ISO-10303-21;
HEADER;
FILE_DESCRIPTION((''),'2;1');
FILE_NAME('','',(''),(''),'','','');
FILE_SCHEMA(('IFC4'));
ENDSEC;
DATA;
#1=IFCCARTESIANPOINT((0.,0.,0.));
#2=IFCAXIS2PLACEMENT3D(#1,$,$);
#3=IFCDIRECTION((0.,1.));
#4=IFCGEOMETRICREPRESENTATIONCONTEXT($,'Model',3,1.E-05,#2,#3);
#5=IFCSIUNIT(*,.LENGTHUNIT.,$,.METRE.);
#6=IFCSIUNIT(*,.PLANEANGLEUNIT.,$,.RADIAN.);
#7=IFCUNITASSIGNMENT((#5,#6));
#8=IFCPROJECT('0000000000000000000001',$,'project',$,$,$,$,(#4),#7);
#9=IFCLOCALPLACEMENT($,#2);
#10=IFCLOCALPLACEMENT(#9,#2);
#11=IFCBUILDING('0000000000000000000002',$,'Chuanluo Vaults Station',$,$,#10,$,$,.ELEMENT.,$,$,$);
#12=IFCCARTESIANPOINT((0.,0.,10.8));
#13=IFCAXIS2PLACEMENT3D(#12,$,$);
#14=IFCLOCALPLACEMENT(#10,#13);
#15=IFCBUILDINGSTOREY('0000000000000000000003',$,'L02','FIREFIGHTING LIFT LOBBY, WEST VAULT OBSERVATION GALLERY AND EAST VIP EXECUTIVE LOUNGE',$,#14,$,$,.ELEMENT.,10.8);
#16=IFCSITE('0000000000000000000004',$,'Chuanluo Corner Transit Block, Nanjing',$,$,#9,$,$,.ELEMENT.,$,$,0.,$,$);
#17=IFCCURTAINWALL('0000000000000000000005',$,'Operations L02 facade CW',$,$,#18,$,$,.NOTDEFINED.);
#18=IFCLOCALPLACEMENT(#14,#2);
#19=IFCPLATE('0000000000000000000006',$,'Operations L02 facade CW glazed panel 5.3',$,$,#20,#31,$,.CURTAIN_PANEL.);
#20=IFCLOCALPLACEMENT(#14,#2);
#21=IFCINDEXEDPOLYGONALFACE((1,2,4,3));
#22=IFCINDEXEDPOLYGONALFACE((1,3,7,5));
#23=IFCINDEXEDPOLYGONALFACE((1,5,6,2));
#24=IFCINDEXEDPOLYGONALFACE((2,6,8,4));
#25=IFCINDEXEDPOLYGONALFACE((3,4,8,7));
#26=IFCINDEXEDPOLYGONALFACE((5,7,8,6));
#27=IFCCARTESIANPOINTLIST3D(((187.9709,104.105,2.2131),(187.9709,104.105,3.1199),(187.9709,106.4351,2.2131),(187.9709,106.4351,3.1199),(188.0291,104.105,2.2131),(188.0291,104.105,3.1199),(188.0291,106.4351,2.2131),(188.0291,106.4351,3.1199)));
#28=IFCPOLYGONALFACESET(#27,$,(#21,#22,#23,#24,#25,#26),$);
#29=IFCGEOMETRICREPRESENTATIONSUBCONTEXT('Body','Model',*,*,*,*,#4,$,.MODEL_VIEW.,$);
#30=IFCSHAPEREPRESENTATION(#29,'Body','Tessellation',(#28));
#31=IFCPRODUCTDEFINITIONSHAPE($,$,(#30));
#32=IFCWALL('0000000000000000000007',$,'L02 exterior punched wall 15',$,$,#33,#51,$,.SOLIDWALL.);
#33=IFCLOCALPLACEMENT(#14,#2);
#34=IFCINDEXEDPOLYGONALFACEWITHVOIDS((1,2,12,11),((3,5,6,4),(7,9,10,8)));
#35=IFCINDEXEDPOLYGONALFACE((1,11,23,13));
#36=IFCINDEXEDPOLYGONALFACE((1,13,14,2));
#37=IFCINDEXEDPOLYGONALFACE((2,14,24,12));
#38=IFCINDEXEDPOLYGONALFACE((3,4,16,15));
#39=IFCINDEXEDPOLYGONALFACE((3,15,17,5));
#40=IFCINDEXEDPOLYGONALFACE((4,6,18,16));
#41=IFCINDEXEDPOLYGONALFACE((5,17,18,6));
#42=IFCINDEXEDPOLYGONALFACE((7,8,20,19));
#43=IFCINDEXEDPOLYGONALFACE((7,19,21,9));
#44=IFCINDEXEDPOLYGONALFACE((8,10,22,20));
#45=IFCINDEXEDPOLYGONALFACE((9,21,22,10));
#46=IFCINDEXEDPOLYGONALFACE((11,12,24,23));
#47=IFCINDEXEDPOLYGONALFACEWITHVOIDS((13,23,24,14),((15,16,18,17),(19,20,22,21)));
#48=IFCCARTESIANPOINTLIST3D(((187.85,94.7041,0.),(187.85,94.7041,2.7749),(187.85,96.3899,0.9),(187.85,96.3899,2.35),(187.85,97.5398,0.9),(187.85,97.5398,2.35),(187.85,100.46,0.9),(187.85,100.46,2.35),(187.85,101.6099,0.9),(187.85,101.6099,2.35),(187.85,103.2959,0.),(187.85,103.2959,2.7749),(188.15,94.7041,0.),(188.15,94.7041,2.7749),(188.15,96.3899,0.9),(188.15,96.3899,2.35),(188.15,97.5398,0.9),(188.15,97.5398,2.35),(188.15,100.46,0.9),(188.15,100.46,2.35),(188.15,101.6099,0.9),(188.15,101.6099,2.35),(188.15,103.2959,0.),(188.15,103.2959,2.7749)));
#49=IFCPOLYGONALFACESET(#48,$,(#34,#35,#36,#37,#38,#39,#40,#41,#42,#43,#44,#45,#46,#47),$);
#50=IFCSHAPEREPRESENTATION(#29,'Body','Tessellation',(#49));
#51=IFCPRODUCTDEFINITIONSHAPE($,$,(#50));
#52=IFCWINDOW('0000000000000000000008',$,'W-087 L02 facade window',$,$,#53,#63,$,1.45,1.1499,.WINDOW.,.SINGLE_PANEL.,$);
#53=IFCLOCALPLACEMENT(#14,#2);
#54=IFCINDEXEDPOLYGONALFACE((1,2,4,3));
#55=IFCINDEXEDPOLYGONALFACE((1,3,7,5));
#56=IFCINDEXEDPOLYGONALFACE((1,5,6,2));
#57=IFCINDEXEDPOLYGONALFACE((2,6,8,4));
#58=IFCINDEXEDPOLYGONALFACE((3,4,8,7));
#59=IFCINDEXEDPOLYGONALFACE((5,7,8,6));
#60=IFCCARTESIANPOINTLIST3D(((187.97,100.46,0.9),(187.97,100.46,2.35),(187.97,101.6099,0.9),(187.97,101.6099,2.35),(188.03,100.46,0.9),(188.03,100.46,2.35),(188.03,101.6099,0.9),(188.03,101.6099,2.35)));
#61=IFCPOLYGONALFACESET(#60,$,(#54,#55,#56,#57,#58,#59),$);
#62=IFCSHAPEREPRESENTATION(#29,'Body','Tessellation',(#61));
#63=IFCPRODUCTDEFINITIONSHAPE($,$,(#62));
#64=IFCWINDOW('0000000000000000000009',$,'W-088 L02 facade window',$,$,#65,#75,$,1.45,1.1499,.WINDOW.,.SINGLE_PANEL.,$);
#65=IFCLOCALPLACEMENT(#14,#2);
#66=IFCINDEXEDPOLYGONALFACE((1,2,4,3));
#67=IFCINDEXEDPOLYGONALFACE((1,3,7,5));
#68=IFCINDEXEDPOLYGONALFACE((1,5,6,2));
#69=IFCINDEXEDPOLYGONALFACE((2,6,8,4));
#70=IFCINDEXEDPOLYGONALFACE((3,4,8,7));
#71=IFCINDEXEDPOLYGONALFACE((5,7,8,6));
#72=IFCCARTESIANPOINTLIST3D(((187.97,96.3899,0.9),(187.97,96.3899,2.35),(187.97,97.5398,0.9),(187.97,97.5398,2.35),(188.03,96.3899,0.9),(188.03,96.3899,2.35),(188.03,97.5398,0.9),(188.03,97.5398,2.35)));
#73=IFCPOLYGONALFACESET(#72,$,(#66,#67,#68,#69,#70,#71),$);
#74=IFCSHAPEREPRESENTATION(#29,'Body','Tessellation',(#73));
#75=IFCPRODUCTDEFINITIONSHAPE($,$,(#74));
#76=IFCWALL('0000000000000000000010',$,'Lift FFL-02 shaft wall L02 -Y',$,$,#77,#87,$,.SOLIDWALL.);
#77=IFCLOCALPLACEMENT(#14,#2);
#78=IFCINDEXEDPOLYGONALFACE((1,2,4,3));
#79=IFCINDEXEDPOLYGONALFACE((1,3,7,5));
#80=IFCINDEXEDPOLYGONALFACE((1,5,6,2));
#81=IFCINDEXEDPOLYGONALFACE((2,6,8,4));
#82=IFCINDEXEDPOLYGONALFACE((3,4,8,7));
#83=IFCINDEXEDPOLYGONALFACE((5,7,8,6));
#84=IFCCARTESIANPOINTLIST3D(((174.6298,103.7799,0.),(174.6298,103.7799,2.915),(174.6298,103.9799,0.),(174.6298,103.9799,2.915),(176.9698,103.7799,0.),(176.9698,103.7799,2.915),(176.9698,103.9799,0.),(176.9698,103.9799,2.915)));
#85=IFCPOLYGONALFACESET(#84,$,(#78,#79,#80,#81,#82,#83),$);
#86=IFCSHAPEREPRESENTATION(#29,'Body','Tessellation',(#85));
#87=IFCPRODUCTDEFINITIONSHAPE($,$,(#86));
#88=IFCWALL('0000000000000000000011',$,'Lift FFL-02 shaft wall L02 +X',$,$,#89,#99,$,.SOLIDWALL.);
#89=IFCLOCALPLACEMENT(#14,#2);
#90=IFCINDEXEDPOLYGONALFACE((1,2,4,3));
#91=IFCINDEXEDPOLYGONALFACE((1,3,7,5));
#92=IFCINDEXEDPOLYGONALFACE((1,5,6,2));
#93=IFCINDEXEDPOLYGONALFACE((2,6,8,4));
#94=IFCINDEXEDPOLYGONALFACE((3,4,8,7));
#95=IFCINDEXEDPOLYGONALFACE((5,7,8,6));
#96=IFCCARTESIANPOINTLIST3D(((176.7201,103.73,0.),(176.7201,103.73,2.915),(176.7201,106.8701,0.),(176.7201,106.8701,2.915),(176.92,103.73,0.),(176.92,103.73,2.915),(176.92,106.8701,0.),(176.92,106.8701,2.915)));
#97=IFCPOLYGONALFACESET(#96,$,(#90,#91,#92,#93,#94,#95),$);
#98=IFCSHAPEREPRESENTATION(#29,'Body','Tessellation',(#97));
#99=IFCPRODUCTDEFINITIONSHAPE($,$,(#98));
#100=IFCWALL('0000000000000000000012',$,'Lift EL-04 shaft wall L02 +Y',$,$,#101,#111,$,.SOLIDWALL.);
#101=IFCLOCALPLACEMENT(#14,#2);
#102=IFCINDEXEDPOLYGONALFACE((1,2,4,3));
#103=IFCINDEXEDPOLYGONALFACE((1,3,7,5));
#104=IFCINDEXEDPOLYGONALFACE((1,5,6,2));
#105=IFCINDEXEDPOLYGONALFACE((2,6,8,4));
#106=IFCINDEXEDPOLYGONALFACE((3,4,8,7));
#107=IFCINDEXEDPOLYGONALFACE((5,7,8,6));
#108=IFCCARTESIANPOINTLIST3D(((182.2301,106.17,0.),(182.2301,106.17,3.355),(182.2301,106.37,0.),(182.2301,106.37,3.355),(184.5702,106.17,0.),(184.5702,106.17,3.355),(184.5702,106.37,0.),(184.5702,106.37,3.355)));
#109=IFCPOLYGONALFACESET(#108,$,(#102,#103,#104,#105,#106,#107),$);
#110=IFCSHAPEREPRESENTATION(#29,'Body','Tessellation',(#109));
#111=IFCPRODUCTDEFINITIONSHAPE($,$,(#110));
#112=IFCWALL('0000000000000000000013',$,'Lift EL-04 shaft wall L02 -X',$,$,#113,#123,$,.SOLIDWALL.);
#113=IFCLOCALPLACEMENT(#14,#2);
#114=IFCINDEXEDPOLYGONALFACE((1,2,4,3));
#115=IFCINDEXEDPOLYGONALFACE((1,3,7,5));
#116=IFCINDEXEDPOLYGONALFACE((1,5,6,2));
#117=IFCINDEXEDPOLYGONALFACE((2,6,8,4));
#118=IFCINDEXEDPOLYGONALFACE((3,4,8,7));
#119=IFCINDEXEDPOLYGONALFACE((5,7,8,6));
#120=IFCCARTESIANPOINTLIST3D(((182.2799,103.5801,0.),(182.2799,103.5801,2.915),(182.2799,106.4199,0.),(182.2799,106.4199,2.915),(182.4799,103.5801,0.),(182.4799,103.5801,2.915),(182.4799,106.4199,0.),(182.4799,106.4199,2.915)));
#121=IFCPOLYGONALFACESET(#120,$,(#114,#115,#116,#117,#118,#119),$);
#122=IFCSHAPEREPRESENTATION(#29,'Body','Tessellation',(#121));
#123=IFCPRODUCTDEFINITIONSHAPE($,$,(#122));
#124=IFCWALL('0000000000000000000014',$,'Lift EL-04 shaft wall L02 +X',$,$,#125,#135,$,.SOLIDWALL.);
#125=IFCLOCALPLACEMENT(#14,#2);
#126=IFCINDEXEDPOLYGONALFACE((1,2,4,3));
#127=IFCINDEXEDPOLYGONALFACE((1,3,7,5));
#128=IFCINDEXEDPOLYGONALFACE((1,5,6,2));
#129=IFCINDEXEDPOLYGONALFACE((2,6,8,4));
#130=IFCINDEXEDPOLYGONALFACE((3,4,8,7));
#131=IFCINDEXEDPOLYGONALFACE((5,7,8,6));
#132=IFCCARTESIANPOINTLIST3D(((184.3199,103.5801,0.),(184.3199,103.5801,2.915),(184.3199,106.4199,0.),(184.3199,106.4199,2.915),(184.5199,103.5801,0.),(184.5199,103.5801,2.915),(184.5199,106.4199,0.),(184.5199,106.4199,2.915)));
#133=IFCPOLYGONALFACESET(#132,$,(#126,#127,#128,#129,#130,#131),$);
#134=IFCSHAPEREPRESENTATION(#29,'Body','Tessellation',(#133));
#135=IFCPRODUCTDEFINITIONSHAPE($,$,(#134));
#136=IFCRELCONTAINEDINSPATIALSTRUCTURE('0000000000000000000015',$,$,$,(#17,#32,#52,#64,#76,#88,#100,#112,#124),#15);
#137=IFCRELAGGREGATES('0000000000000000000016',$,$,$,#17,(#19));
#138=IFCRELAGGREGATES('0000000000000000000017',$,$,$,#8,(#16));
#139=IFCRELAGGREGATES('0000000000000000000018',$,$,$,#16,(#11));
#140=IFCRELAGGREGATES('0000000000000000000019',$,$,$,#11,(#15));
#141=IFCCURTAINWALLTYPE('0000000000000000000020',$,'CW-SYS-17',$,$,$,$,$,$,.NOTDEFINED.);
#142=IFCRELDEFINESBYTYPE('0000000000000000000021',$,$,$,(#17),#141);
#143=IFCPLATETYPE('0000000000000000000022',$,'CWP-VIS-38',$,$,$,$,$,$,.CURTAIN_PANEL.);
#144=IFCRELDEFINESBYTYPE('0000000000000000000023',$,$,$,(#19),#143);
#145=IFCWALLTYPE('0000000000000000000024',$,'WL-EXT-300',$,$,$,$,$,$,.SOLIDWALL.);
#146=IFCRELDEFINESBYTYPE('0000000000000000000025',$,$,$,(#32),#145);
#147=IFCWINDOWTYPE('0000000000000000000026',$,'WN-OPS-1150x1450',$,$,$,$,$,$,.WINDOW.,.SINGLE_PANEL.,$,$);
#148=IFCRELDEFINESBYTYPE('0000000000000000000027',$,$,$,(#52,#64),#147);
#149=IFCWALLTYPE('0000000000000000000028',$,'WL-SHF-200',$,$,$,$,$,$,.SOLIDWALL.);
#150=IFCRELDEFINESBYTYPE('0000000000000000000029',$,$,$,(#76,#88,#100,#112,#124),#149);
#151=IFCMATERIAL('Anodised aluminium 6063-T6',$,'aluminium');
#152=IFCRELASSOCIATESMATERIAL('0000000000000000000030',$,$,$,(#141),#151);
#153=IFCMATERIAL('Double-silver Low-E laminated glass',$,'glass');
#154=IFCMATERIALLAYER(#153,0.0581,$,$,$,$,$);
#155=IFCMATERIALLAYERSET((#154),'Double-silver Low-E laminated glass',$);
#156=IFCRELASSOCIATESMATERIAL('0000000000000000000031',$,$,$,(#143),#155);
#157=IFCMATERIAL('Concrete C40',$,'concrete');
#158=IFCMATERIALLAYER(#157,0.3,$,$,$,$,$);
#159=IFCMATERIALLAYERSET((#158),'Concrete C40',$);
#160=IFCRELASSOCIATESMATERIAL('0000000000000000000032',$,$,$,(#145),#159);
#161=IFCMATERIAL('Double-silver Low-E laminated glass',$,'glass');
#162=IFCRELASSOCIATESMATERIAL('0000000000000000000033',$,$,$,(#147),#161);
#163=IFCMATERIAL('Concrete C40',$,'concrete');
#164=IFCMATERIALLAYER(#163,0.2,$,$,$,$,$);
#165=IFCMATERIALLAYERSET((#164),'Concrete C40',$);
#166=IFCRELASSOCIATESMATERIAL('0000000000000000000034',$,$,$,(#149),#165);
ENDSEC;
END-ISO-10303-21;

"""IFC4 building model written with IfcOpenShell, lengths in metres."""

from ifc_helpers import new_model, si_unit, direction, frame, frame_2d, origin, origin_2d, place, context, subcontext, project, spatial, rectangle, extrude, material, layer, layer_set, type_object, element, fill, aggregate, save


model = new_model("IFC4")

# Units and contexts
model_context = context("Model", 3, precision=1e-05, world=origin(), true_north=direction((0.0, 1.0)))
body_context = subcontext(model_context, "Body", "Model", "MODEL_VIEW")
ifc_project = project(units=[si_unit("LENGTHUNIT", "METRE"), si_unit("PLANEANGLEUNIT", "RADIAN")], contexts=[model_context])

# Site, building, storey
site_placement = place(None, origin())
site = spatial("IfcSite", under=ifc_project, at=site_placement, Name="Chuanluo Corner Transit Block, Nanjing", CompositionType="ELEMENT", RefElevation=0.0)
building_placement = place(site_placement, origin())
building = spatial("IfcBuilding", under=site, at=building_placement, Name="Chuanluo Vaults Station", CompositionType="ELEMENT")
storey_placement = place(building_placement, frame((0.0, 0.0, 10.8)))
storey = spatial("IfcBuildingStorey", under=building, at=storey_placement, Name="L02", Description="FIREFIGHTING LIFT LOBBY, WEST VAULT OBSERVATION GALLERY AND EAST VIP EXECUTIVE LOUNGE", CompositionType="ELEMENT", Elevation=10.8)

# Curtain wall, plate
ifc_material_1 = material(Name="Anodised aluminium 6063-T6", Category="aluminium")
curtain_wall_type = type_object("IfcCurtainWallType", Name="CW-SYS-17", PredefinedType="NOTDEFINED", material=ifc_material_1)
curtain_wall_placement = place(storey_placement, origin())
curtain_wall = element("IfcCurtainWall", 1, at=curtain_wall_placement, inside=storey, type_object=curtain_wall_type, Name="Operations L02 facade CW", PredefinedType="NOTDEFINED")
ifc_material_2 = material(Name="Double-silver Low-E laminated glass", Category="glass")
ifc_layer_1 = layer(ifc_material_2, 0.0581)
ifc_layer_set_1 = layer_set([ifc_layer_1], Name="Double-silver Low-E laminated glass")
plate_type_1 = type_object("IfcPlateType", Name="CWP-VIS-38", PredefinedType="CURTAIN_PANEL", material=ifc_layer_set_1)
plate_1_placement = place(storey_placement, frame((188.0, 105.27, 2.2131), z_axis=(0.0, 0.0, 1.0), x_axis=(0.0, -1.0, 0.0)))
plate_1 = element("IfcPlate", 2, at=plate_1_placement, type_object=plate_type_1, Name="Operations L02 facade CW glazed panel 5.3", PredefinedType="CURTAIN_PANEL", context=body_context, shape_type="SweptSolid", body=[
    extrude(rectangle(XDim=2.3301, YDim=0.0581, at=origin_2d()), origin(), (0.0, 0.0, 1.0), 0.9067),
])
aggregate(curtain_wall, [plate_1])

# Wall, openings, windows
ifc_material_3 = material(Name="Concrete C40", Category="concrete")
ifc_layer_2 = layer(ifc_material_3, 0.3)
ifc_layer_set_2 = layer_set([ifc_layer_2], Name="Concrete C40")
wall_type_1 = type_object("IfcWallType", Name="WL-EXT-300", PredefinedType="SOLIDWALL", material=ifc_layer_set_2)
wall_1_placement = place(storey_placement, frame((188.0, 103.2959, 0.0), z_axis=(0.0, 0.0, 1.0), x_axis=(0.0, -1.0, 0.0)))
wall_1 = element("IfcWall", 3, at=wall_1_placement, inside=storey, type_object=wall_type_1, Name="L02 exterior punched wall 15", PredefinedType="SOLIDWALL", context=body_context, shape_type="SweptSolid", body=[
    extrude(rectangle(XDim=8.5918, YDim=0.3, at=frame_2d((4.2959, 0.0))), origin(), (0.0, 0.0, 1.0), 2.7749),
])
opening_1_placement = place(wall_1_placement, frame((1.686, 0.0, 0.8999)))
opening_1 = element("IfcOpeningElement", 4, at=opening_1_placement, cuts=wall_1, PredefinedType="OPENING", context=body_context, shape_type="SweptSolid", body=[
    extrude(rectangle(XDim=1.1499, YDim=1.45, at=frame_2d((0.575, 0.7251))), frame((0.0, 0.1599, 0.0), z_axis=(0.0, -1.0, 0.0), x_axis=(1.0, 0.0, 0.0)), (0.0, 0.0, 1.0), 0.3201),
])
opening_2_placement = place(wall_1_placement, frame((5.7561, 0.0, 0.8999)))
opening_2 = element("IfcOpeningElement", 5, at=opening_2_placement, cuts=wall_1, PredefinedType="OPENING", context=body_context, shape_type="SweptSolid", body=[
    extrude(rectangle(XDim=1.1499, YDim=1.45, at=frame_2d((0.575, 0.7251))), frame((0.0, 0.1599, 0.0), z_axis=(0.0, -1.0, 0.0), x_axis=(1.0, 0.0, 0.0)), (0.0, 0.0, 1.0), 0.3201),
])
ifc_material_4 = material(Name="Double-silver Low-E laminated glass", Category="glass")
window_type = type_object("IfcWindowType", Name="WN-OPS-1150x1450", PartitioningType="SINGLE_PANEL", PredefinedType="WINDOW", material=ifc_material_4)
window_1_placement = place(opening_1_placement, origin())
window_1 = element("IfcWindow", 6, at=window_1_placement, inside=storey, type_object=window_type, Name="W-087 L02 facade window", OverallHeight=1.45, OverallWidth=1.1499, PartitioningType="SINGLE_PANEL", PredefinedType="WINDOW", context=body_context, shape_type="SweptSolid", body=[
    extrude(rectangle(XDim=1.1499, YDim=1.45, at=frame_2d((0.575, 0.7251))), frame((0.0, 0.03, 0.0), z_axis=(0.0, -1.0, 0.0), x_axis=(1.0, 0.0, 0.0)), (0.0, 0.0, 1.0), 0.0601),
])
fill(opening_1, window_1)
window_2_placement = place(opening_2_placement, origin())
window_2 = element("IfcWindow", 7, at=window_2_placement, inside=storey, type_object=window_type, Name="W-088 L02 facade window", OverallHeight=1.45, OverallWidth=1.1499, PartitioningType="SINGLE_PANEL", PredefinedType="WINDOW", context=body_context, shape_type="SweptSolid", body=[
    extrude(rectangle(XDim=1.1499, YDim=1.45, at=frame_2d((0.575, 0.7251))), frame((0.0, 0.03, 0.0), z_axis=(0.0, -1.0, 0.0), x_axis=(1.0, 0.0, 0.0)), (0.0, 0.0, 1.0), 0.0601),
])
fill(opening_2, window_2)

# Wall
ifc_material_5 = material(Name="Concrete C40", Category="concrete")
ifc_layer_3 = layer(ifc_material_5, 0.2)
ifc_layer_set_3 = layer_set([ifc_layer_3], Name="Concrete C40")
wall_type_2 = type_object("IfcWallType", Name="WL-SHF-200", PredefinedType="SOLIDWALL", material=ifc_layer_set_3)
wall_2_placement = place(storey_placement, frame((174.6299, 103.8799, 0.0), z_axis=(0.0, 0.0, 1.0), x_axis=(1.0, 0.0, 0.0)))
element("IfcWall", 8, at=wall_2_placement, inside=storey, type_object=wall_type_2, Name="Lift FFL-02 shaft wall L02 -Y", PredefinedType="SOLIDWALL", context=body_context, shape_type="SweptSolid", body=[
    extrude(rectangle(XDim=2.3401, YDim=0.2, at=frame_2d((1.1699, 0.0))), origin(), (0.0, 0.0, 1.0), 2.915),
])

# Wall
wall_3_placement = place(storey_placement, frame((176.8201, 103.73, 0.0), z_axis=(0.0, 0.0, 1.0), x_axis=(0.0, 1.0, 0.0)))
element("IfcWall", 9, at=wall_3_placement, inside=storey, type_object=wall_type_2, Name="Lift FFL-02 shaft wall L02 +X", PredefinedType="SOLIDWALL", context=body_context, shape_type="SweptSolid", body=[
    extrude(rectangle(XDim=3.1401, YDim=0.2, at=frame_2d((1.5701, 0.0))), origin(), (0.0, 0.0, 1.0), 2.915),
])

# Walls
wall_4_placement = place(storey_placement, frame((184.5701, 106.27, 0.0), z_axis=(0.0, 0.0, 1.0), x_axis=(-1.0, 0.0, 0.0)))
element("IfcWall", 10, at=wall_4_placement, inside=storey, type_object=wall_type_2, Name="Lift EL-04 shaft wall L02 +Y", PredefinedType="SOLIDWALL", context=body_context, shape_type="SweptSolid", body=[
    extrude(rectangle(XDim=2.3401, YDim=0.2, at=frame_2d((1.1699, 0.0))), origin(), (0.0, 0.0, 1.0), 3.355),
])
for number, where, z_axis, x_axis, name in (
    (11, (182.3799, 106.4199, 0.0), (0.0, 0.0, 1.0), (0.0, -1.0, 0.0), "Lift EL-04 shaft wall L02 -X"),
    (12, (184.4199, 103.5801, 0.0), (0.0, 0.0, 1.0), (0.0, 1.0, 0.0), "Lift EL-04 shaft wall L02 +X"),
):
    element("IfcWall", number, at=place(storey_placement, frame(where, z_axis=z_axis, x_axis=x_axis)), inside=storey, type_object=wall_type_2, Name=name, PredefinedType="SOLIDWALL", context=body_context, shape_type="SweptSolid", body=[
        extrude(rectangle(XDim=2.8398, YDim=0.2, at=frame_2d((1.4199, 0.0))), origin(), (0.0, 0.0, 1.0), 2.915),
    ])

save(model, "model.ifc")
